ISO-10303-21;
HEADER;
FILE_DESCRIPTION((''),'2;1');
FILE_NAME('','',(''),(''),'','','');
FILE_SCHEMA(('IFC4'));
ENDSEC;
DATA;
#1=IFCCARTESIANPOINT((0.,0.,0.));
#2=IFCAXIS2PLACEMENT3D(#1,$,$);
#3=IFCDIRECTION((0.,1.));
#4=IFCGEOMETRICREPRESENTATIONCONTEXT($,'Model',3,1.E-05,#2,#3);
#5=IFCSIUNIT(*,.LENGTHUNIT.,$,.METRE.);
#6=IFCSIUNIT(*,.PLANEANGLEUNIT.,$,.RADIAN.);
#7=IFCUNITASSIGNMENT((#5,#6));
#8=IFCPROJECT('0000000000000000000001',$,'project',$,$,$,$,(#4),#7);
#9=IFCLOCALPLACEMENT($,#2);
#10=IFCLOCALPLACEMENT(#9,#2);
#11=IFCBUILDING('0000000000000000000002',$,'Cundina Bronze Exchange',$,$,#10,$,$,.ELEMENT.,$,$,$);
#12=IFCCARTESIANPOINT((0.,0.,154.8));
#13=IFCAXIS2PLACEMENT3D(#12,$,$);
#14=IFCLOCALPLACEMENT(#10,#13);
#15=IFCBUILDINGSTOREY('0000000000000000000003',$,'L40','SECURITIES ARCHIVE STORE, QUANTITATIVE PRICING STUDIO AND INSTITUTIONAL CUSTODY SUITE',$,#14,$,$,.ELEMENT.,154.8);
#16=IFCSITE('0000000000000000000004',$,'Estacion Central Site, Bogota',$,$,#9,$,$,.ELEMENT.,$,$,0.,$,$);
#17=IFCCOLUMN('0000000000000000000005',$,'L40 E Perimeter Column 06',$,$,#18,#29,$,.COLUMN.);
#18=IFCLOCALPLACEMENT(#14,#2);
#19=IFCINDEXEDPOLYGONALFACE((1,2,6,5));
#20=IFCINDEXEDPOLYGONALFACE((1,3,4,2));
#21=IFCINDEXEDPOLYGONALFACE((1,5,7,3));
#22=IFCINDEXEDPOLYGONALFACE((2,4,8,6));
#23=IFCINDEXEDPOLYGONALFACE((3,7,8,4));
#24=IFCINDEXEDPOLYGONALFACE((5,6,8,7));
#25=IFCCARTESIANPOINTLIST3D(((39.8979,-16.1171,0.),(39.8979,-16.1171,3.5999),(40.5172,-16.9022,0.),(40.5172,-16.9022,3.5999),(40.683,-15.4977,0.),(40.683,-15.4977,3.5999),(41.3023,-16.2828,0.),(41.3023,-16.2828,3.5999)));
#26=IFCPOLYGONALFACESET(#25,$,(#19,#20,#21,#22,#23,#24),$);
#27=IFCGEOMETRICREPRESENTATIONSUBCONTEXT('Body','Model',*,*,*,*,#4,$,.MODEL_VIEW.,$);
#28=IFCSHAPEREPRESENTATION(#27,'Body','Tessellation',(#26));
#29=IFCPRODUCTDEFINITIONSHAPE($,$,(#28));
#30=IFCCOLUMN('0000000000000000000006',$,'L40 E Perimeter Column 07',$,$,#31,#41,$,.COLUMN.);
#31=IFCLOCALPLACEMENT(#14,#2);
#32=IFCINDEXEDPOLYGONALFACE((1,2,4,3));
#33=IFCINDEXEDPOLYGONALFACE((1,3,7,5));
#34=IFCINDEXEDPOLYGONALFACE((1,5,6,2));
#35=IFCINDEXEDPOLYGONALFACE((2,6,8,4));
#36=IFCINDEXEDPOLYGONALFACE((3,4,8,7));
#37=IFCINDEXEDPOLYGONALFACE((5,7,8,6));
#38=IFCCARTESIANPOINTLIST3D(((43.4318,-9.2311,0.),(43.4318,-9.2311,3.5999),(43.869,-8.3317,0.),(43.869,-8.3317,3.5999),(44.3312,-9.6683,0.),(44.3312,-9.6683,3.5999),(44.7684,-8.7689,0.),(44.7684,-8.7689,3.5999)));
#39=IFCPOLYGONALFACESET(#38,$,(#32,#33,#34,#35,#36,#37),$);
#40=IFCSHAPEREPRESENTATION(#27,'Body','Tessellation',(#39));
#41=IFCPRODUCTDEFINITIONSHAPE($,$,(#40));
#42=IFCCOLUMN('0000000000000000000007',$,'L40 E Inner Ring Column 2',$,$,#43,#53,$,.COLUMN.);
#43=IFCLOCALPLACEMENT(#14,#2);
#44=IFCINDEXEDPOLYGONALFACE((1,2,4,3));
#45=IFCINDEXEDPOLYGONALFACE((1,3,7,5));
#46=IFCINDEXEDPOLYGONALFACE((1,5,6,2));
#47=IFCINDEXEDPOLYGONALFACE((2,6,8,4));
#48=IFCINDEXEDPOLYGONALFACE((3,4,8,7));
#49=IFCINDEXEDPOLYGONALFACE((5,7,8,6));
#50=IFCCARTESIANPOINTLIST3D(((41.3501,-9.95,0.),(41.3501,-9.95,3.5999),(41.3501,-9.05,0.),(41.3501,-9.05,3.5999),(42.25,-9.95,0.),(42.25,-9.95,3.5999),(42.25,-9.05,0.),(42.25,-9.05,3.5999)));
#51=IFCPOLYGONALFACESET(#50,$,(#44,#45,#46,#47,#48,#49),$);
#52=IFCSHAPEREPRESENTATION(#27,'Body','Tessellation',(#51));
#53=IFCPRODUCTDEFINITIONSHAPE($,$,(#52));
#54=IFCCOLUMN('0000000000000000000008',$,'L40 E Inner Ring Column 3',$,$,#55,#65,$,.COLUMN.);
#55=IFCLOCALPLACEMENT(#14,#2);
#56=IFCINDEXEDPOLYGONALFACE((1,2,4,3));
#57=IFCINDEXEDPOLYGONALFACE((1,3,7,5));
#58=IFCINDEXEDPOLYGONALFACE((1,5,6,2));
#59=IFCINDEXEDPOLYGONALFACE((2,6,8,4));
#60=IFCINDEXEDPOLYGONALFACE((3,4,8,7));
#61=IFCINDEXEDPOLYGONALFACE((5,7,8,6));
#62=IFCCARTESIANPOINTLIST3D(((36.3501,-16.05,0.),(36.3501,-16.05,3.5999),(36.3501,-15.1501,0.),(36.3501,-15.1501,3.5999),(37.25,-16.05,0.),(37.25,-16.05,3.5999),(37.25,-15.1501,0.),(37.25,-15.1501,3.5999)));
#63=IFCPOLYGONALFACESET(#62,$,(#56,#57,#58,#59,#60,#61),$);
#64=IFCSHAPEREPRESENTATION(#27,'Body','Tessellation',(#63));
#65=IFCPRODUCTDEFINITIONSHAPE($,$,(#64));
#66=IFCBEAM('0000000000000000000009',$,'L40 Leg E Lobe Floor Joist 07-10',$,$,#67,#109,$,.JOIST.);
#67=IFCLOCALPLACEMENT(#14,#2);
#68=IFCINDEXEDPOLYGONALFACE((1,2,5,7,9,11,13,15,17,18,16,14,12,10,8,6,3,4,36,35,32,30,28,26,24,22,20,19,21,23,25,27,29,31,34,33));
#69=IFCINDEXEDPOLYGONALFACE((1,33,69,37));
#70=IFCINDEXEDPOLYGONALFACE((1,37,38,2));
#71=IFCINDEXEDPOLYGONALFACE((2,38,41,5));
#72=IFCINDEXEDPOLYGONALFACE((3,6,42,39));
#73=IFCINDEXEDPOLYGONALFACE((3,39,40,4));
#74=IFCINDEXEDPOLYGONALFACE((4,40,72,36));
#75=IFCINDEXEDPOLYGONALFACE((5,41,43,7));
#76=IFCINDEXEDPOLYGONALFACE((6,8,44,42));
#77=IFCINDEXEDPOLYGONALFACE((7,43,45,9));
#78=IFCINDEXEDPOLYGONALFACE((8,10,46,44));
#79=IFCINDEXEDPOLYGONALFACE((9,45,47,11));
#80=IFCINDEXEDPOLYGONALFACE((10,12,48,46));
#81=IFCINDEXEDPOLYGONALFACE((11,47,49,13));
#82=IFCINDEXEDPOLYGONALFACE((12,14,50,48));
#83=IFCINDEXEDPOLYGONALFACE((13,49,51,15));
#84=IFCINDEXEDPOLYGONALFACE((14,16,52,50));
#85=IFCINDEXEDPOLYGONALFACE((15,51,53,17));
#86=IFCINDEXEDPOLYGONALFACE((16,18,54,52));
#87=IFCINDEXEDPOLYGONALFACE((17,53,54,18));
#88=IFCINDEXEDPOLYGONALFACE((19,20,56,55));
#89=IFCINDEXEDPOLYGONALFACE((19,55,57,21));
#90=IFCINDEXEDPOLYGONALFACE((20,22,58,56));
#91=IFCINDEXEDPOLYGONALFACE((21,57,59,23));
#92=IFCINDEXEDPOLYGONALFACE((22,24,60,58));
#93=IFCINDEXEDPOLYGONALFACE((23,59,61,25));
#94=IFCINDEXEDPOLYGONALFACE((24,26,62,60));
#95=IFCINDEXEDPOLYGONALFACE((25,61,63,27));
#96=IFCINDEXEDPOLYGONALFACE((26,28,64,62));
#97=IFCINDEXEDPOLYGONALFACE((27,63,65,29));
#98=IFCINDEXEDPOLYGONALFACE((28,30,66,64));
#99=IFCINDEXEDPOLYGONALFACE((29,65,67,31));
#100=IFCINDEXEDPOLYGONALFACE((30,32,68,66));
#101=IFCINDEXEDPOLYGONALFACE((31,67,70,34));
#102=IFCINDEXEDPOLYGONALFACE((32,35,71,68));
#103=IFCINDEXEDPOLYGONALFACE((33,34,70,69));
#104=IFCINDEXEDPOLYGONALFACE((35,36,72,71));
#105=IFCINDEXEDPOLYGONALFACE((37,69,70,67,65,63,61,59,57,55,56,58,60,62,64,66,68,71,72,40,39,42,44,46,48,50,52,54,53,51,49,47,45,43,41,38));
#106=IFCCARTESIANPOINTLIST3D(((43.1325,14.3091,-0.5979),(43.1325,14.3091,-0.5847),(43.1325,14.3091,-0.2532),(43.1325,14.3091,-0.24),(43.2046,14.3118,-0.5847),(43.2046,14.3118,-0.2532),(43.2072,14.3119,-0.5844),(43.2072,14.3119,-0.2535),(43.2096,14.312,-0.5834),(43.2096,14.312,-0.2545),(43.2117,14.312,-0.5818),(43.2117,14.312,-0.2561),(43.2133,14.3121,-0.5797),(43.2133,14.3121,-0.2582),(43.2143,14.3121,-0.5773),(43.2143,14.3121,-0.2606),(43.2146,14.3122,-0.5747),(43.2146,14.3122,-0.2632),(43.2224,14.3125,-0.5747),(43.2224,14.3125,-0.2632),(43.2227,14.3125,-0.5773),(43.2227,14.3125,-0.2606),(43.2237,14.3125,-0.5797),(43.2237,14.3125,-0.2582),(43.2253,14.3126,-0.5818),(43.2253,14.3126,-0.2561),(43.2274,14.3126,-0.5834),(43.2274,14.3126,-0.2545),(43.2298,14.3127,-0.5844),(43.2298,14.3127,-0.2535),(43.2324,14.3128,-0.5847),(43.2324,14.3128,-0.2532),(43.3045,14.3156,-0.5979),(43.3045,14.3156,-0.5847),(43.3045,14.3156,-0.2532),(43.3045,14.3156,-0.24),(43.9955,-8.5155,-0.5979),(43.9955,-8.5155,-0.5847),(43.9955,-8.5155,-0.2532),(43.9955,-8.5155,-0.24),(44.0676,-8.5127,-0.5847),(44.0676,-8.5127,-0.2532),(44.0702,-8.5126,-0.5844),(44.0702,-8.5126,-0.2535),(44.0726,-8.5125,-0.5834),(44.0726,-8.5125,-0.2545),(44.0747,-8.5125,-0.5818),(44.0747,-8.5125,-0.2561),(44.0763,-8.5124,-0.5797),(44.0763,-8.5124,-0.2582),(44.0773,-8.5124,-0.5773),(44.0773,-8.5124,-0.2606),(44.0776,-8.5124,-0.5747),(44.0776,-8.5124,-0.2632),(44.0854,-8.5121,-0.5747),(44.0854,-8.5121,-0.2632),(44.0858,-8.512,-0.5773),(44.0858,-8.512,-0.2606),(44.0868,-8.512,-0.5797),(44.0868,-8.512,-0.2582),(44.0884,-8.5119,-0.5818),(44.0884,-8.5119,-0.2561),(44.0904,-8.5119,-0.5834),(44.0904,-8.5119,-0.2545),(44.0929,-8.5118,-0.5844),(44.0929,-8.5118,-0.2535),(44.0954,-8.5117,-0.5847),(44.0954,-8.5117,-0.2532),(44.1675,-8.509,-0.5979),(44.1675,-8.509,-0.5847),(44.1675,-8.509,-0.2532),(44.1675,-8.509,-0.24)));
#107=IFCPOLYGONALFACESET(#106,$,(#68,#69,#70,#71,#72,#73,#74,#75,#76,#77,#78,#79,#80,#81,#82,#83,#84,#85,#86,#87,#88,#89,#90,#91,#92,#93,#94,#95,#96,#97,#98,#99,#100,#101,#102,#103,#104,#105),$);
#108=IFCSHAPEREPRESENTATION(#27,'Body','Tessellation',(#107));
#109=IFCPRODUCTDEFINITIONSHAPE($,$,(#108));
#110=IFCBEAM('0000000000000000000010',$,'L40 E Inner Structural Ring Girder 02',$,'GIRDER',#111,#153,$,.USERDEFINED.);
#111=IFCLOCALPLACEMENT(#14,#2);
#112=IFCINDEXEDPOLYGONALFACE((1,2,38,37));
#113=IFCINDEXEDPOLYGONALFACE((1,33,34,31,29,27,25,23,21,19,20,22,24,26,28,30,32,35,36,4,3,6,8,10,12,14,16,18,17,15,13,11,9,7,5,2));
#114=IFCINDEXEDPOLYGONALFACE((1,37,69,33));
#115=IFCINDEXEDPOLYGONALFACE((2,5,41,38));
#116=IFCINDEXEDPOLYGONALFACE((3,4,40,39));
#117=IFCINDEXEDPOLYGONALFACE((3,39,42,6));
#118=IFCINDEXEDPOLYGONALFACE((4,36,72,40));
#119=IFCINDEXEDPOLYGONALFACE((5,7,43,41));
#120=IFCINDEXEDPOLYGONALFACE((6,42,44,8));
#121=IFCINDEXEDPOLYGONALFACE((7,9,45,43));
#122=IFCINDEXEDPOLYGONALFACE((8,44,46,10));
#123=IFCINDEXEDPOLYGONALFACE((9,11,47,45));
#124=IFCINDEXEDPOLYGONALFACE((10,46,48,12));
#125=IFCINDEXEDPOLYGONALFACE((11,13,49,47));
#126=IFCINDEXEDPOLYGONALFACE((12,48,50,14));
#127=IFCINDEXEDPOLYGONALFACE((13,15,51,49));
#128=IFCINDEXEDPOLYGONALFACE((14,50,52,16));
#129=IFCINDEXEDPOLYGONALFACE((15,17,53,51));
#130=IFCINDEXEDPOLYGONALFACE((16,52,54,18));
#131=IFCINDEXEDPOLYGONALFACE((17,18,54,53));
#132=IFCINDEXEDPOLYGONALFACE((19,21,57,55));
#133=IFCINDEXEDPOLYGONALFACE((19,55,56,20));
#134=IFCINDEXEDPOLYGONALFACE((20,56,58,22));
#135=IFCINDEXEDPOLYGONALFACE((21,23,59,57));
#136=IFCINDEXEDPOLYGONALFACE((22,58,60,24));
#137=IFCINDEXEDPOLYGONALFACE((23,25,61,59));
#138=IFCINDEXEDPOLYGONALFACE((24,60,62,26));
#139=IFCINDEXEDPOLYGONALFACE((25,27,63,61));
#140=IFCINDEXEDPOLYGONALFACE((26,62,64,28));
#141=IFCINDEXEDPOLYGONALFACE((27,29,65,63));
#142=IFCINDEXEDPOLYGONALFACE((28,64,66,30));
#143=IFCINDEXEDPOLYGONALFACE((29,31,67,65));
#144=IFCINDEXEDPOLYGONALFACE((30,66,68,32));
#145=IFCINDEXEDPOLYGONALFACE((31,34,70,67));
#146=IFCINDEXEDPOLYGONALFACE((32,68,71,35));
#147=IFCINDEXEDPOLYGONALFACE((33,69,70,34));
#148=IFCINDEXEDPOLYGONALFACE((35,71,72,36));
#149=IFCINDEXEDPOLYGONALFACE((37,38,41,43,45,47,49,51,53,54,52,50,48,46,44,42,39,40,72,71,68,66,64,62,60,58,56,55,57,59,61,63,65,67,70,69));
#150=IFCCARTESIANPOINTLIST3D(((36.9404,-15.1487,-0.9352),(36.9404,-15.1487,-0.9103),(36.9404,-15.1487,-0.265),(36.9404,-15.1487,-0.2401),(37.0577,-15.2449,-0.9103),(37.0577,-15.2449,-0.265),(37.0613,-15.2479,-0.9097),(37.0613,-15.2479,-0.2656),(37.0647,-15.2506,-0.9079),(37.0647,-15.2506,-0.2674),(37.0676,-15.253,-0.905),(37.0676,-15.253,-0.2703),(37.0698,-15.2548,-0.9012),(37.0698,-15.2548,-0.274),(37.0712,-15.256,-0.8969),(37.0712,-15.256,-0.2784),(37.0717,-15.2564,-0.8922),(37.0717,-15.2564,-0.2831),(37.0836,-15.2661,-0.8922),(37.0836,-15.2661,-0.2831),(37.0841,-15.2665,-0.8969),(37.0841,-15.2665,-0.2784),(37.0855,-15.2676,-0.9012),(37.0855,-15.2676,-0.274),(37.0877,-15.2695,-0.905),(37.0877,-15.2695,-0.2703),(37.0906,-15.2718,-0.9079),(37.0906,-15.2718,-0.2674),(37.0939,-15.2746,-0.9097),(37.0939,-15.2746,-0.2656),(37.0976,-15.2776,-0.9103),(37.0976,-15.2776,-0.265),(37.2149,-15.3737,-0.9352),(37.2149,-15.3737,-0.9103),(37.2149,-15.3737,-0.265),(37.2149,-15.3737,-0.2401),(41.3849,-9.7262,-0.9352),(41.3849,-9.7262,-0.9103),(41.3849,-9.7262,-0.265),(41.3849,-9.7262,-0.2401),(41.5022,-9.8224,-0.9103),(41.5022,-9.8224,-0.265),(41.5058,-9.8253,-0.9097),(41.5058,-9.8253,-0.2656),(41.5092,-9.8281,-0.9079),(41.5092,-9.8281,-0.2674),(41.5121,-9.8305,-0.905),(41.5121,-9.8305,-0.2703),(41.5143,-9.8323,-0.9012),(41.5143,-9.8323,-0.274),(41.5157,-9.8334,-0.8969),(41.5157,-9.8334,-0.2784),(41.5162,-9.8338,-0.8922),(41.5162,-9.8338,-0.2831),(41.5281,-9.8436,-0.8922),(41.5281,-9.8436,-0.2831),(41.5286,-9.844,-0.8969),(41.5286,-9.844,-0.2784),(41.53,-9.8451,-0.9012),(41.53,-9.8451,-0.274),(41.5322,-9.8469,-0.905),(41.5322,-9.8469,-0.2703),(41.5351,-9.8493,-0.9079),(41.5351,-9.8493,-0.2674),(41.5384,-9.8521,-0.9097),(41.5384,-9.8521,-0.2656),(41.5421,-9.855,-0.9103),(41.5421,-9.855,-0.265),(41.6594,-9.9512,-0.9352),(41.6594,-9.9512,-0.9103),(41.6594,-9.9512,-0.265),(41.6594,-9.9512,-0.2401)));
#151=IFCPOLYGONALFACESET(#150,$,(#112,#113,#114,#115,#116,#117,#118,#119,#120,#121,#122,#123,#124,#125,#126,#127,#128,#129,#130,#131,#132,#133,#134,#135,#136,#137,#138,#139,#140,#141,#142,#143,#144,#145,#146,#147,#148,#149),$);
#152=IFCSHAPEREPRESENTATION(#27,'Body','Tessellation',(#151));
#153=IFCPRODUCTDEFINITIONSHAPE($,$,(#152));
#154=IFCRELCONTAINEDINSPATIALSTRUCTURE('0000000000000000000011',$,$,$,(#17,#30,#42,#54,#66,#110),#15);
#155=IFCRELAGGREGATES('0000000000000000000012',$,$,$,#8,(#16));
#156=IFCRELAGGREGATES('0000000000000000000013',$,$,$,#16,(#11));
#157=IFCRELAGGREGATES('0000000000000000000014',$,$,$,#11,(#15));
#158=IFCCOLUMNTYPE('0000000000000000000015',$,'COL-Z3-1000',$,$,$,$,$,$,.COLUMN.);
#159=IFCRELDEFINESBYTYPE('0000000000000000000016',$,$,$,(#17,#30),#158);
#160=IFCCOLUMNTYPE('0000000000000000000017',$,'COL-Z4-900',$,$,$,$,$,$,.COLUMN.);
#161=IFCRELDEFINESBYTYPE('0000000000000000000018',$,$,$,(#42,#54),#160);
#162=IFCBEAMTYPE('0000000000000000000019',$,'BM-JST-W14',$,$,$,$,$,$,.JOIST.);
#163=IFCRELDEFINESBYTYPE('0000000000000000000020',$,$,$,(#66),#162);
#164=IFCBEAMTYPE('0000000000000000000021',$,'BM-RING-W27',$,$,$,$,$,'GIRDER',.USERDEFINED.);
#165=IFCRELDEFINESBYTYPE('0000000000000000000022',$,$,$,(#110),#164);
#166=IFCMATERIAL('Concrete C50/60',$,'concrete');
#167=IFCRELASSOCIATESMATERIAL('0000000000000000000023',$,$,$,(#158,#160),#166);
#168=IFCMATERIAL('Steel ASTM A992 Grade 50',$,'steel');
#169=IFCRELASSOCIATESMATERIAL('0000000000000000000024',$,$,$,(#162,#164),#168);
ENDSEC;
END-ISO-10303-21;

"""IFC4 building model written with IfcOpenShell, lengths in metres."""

from ifc_helpers import new_model, si_unit, direction, frame, origin, origin_2d, place, context, subcontext, project, spatial, rectangle, i_section, extrude, material, material_profile, profile_set, type_object, element, save


model = new_model("IFC4")

# Units and contexts
model_context = context("Model", 3, precision=1e-05, world=origin(), true_north=direction((0.0, 1.0)))
body_context = subcontext(model_context, "Body", "Model", "MODEL_VIEW")
ifc_project = project(units=[si_unit("LENGTHUNIT", "METRE"), si_unit("PLANEANGLEUNIT", "RADIAN")], contexts=[model_context])

# Site, building, storey
site_placement = place(None, origin())
site = spatial("IfcSite", under=ifc_project, at=site_placement, Name="Estacion Central Site, Bogota", CompositionType="ELEMENT", RefElevation=0.0)
building_placement = place(site_placement, origin())
building = spatial("IfcBuilding", under=site, at=building_placement, Name="Cundina Bronze Exchange", CompositionType="ELEMENT")
storey_placement = place(building_placement, frame((0.0, 0.0, 154.8)))
storey = spatial("IfcBuildingStorey", under=building, at=storey_placement, Name="L40", Description="SECURITIES ARCHIVE STORE, QUANTITATIVE PRICING STUDIO AND INSTITUTIONAL CUSTODY SUITE", CompositionType="ELEMENT", Elevation=154.8)

# Columns
ifc_material_1 = material(Name="Concrete C50/60", Category="concrete")
ifc_material_profile_1 = material_profile(ifc_material_1, rectangle(XDim=1.0, YDim=1.0, at=origin_2d()), Name="RC1000X1000", Category="concrete")
ifc_profile_set_1 = profile_set([ifc_material_profile_1], Name="Concrete C50/60")
column_type_1 = type_object("IfcColumnType", Name="COL-Z3-1000", PredefinedType="COLUMN", material=ifc_profile_set_1)
for number, where, z_axis, x_axis, name in (
    (1, (40.6001, -16.2, 0.0), (0.0, 0.0, 1.0), (0.785101, 0.619368, 0.0), "L40 E Perimeter Column 06"),
    (2, (44.1001, -9.0, 0.0), (0.0, 0.0, 1.0), (0.437116, 0.899405, 0.0), "L40 E Perimeter Column 07"),
):
    element("IfcColumn", number, at=place(storey_placement, frame(where, z_axis=z_axis, x_axis=x_axis)), inside=storey, type_object=column_type_1, Name=name, PredefinedType="COLUMN", context=body_context, shape_type="SweptSolid", body=[
        extrude(rectangle(XDim=1.0, YDim=1.0, at=origin_2d()), origin(), (0.0, 0.0, 1.0), 3.5999),
    ])
ifc_material_profile_2 = material_profile(ifc_material_1, rectangle(XDim=0.8999, YDim=0.8999, at=origin_2d()), Name="RC900X900", Category="concrete")
ifc_profile_set_2 = profile_set([ifc_material_profile_2], Name="Concrete C50/60")
column_type_2 = type_object("IfcColumnType", Name="COL-Z4-900", PredefinedType="COLUMN", material=ifc_profile_set_2)
for number, where, z_axis, x_axis, name in (
    (3, (41.8, -9.5, 0.0), (0.0, 0.0, 1.0), (1.0, 0.0, 0.0), "L40 E Inner Ring Column 2"),
    (4, (36.8, -15.6001, 0.0), (0.0, 0.0, 1.0), (1.0, 0.0, 0.0), "L40 E Inner Ring Column 3"),
):
    element("IfcColumn", number, at=place(storey_placement, frame(where, z_axis=z_axis, x_axis=x_axis)), inside=storey, type_object=column_type_2, Name=name, PredefinedType="COLUMN", context=body_context, shape_type="SweptSolid", body=[
        extrude(rectangle(XDim=0.8999, YDim=0.8999, at=origin_2d()), origin(), (0.0, 0.0, 1.0), 3.5999),
    ])

# Beams
ifc_material_2 = material(Name="Steel ASTM A992 Grade 50", Category="steel")
ifc_material_profile_3 = material_profile(ifc_material_2, i_section(OverallWidth=0.1721, OverallDepth=0.3579, WebThickness=0.0078, FlangeThickness=0.0132, FilletRadius=0.01, at=origin_2d()), Name="W14X38", Category="steel")
ifc_profile_set_3 = profile_set([ifc_material_profile_3], Name="Steel ASTM A992 Grade 50")
beam_type_1 = type_object("IfcBeamType", Name="BM-JST-W14", PredefinedType="JOIST", material=ifc_profile_set_3)
beam_1_placement = place(storey_placement, frame((44.0815, -8.5122, -0.4189), z_axis=(-0.037785, 0.999286, 0.0), x_axis=(-0.999286, -0.037785, 0.0)))
element("IfcBeam", 5, at=beam_1_placement, inside=storey, type_object=beam_type_1, Name="L40 Leg E Lobe Floor Joist 07-10", PredefinedType="JOIST", context=body_context, shape_type="SweptSolid", body=[
    extrude(i_section(OverallWidth=0.1721, OverallDepth=0.3579, WebThickness=0.0078, FlangeThickness=0.0132, FilletRadius=0.01, at=origin_2d()), origin(), (0.0, 0.0, 1.0), 22.8408),
])
ifc_material_profile_4 = material_profile(ifc_material_2, i_section(OverallWidth=0.355, OverallDepth=0.6951, WebThickness=0.0154, FlangeThickness=0.0249, FilletRadius=0.0181, at=origin_2d()), Name="W27X146", Category="steel")
ifc_profile_set_4 = profile_set([ifc_material_profile_4], Name="Steel ASTM A992 Grade 50")
beam_type_2 = type_object("IfcBeamType", Name="BM-RING-W27", ElementType="GIRDER", PredefinedType="USERDEFINED", material=ifc_profile_set_4)
beam_2_placement = place(storey_placement, frame((37.0776, -15.2612, -0.5876), z_axis=(0.633913, 0.773405, 0.0), x_axis=(-0.773405, 0.633913, 0.0)))
element("IfcBeam", 6, at=beam_2_placement, inside=storey, type_object=beam_type_2, Name="L40 E Inner Structural Ring Girder 02", ObjectType="GIRDER", PredefinedType="USERDEFINED", context=body_context, shape_type="SweptSolid", body=[
    extrude(i_section(OverallWidth=0.355, OverallDepth=0.6951, WebThickness=0.0154, FlangeThickness=0.0249, FilletRadius=0.0181, at=origin_2d()), origin(), (0.0, 0.0, 1.0), 7.0112),
])

save(model, "model.ifc")
